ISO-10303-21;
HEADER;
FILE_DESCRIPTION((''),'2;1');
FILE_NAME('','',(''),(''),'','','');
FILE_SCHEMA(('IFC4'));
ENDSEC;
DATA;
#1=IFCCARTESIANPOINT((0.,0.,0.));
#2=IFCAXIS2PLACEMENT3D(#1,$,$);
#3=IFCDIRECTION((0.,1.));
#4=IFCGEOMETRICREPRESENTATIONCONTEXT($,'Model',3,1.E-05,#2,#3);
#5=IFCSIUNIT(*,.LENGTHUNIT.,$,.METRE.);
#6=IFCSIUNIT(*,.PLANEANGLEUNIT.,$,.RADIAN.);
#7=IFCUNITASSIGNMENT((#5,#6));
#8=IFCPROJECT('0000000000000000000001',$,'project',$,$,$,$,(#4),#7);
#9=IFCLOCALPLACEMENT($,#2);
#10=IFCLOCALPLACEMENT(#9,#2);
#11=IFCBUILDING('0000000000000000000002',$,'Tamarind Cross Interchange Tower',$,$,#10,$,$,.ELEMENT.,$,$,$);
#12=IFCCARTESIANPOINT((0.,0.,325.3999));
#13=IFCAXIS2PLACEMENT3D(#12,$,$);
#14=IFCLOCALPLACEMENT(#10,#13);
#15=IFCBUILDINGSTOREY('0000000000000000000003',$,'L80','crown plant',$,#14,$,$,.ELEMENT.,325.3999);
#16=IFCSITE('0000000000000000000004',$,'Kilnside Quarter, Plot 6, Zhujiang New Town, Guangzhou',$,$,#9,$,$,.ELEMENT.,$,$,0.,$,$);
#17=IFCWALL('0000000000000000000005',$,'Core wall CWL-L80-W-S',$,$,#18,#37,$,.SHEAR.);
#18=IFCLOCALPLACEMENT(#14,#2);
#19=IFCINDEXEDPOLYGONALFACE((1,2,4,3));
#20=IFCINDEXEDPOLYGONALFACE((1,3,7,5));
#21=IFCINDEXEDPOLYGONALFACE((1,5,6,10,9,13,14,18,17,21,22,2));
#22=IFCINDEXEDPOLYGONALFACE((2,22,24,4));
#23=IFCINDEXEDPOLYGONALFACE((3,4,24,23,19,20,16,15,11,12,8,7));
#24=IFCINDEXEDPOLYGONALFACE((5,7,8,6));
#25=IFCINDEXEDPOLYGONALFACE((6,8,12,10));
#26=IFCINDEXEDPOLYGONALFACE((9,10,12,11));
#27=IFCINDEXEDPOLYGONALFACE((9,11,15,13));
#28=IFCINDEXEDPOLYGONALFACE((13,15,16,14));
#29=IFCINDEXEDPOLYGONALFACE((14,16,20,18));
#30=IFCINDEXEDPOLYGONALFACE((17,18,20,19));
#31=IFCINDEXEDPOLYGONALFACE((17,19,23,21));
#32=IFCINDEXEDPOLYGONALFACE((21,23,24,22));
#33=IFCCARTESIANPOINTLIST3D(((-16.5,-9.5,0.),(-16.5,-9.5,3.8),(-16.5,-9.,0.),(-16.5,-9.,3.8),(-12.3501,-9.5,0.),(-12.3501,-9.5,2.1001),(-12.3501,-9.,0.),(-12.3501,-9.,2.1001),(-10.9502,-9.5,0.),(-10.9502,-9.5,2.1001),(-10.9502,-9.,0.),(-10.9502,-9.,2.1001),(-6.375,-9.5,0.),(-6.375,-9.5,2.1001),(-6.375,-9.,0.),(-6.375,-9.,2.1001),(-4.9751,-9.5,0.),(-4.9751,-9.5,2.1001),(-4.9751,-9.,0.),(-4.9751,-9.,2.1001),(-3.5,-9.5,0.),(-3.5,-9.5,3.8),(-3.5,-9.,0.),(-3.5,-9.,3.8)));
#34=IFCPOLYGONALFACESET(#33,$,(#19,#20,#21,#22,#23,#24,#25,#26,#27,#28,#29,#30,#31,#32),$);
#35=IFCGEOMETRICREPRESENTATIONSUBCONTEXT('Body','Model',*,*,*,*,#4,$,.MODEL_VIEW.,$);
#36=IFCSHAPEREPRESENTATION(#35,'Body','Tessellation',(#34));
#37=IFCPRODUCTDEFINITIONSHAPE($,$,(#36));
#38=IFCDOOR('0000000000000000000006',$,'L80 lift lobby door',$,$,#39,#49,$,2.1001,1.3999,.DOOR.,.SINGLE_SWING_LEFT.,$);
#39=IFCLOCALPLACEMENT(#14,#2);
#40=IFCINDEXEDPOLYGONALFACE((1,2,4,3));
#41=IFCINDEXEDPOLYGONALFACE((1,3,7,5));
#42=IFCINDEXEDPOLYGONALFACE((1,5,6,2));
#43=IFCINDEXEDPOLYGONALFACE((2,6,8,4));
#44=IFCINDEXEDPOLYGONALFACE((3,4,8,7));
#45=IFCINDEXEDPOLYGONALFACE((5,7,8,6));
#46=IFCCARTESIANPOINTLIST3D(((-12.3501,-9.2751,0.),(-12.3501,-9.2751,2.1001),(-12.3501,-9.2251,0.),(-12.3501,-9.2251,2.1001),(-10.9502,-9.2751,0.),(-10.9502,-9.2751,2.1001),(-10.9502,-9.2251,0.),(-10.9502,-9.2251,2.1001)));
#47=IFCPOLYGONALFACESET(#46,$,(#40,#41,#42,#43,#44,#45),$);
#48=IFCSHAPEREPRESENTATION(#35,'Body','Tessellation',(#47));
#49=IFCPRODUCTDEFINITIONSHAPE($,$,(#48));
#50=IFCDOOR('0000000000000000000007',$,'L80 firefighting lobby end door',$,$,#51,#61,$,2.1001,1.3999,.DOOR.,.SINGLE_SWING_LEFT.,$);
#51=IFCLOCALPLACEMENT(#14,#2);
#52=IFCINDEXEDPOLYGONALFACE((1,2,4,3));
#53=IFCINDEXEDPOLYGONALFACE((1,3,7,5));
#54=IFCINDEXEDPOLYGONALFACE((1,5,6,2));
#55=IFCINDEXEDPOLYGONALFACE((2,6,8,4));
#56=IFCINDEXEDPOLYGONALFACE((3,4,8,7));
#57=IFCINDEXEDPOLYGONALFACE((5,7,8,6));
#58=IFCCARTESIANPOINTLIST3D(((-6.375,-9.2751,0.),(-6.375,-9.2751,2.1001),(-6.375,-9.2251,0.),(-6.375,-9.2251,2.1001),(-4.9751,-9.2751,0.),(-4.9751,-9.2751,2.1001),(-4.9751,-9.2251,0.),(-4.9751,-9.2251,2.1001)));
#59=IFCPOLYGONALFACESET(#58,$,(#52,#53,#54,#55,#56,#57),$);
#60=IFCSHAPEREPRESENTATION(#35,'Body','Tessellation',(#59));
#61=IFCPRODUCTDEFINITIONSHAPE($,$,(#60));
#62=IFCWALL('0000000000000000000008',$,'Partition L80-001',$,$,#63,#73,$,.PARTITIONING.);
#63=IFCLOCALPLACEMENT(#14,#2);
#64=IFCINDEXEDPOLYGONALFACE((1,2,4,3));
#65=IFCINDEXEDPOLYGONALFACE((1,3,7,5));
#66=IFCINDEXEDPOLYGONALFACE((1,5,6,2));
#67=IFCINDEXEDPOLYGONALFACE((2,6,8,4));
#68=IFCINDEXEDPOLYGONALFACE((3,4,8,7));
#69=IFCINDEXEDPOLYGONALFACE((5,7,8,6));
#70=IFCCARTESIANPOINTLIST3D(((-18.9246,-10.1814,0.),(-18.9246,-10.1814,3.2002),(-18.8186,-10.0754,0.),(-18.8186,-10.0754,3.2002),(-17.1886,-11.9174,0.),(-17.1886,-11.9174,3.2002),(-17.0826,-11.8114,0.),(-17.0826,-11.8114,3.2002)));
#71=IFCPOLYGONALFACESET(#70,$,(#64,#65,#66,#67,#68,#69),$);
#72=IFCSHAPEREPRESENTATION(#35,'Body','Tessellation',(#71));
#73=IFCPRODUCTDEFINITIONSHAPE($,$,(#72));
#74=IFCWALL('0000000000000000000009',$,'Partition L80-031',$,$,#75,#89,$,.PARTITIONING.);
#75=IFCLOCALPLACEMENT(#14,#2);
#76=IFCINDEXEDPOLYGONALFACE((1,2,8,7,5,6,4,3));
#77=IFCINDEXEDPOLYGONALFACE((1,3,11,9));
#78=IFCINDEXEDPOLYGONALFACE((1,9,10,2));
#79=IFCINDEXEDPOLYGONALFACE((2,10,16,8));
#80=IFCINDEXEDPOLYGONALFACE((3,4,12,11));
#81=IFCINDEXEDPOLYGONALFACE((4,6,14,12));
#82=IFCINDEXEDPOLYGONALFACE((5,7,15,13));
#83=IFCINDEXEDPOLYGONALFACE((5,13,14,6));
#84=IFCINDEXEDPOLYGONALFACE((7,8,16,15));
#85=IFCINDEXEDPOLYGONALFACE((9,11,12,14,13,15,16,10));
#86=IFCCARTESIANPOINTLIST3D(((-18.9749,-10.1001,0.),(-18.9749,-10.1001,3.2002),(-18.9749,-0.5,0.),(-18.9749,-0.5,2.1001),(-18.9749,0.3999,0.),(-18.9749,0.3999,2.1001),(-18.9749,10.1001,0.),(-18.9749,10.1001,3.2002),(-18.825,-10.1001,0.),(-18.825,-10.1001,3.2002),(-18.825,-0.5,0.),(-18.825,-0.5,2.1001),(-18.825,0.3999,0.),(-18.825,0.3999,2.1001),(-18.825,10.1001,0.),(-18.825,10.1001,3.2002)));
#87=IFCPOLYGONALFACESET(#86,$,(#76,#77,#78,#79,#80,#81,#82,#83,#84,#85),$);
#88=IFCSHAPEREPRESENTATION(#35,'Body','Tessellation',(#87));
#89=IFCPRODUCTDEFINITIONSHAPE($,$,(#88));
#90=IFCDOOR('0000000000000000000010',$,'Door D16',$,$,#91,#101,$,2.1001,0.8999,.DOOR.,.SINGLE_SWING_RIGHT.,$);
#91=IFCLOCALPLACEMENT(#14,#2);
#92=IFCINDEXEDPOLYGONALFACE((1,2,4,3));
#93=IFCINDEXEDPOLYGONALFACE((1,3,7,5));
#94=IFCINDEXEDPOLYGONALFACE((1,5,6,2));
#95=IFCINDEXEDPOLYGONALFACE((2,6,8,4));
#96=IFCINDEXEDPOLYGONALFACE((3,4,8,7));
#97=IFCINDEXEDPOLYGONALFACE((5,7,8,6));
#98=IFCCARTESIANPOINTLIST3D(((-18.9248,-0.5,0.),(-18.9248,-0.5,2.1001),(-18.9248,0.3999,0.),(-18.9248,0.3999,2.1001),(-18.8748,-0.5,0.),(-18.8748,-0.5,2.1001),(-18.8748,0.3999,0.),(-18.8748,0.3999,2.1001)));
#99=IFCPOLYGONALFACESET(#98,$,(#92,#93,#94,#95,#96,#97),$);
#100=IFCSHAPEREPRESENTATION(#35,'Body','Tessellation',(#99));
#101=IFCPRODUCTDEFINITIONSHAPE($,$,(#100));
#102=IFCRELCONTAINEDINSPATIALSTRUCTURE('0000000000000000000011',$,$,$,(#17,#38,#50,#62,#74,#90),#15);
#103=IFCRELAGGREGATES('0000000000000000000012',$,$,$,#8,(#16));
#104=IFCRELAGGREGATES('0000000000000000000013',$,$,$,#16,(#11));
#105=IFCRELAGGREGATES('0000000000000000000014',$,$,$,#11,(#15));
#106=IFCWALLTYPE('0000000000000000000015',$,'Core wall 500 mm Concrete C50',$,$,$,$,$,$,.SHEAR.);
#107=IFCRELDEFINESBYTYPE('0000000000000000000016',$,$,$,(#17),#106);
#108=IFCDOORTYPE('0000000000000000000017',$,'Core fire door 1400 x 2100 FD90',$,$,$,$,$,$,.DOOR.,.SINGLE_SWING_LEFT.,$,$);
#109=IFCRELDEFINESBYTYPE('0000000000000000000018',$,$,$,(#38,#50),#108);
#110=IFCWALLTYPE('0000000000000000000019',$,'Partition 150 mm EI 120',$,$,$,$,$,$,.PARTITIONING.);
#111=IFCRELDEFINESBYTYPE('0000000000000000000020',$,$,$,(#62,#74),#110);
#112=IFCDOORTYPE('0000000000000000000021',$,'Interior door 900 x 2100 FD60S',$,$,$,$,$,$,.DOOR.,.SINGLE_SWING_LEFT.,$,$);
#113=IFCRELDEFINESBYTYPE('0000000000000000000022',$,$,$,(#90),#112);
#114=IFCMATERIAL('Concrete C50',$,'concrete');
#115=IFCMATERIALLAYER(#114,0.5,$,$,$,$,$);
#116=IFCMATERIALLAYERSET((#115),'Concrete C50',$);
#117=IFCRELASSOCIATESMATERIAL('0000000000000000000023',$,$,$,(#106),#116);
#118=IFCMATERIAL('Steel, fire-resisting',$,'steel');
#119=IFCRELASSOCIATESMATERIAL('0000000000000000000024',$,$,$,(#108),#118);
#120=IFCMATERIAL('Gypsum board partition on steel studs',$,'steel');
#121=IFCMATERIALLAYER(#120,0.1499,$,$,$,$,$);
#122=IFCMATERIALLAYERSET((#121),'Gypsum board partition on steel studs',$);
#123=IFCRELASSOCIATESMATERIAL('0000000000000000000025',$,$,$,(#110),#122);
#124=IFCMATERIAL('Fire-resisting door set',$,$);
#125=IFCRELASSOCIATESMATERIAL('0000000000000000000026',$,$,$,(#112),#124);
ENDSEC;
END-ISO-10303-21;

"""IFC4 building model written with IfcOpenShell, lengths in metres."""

from ifc_helpers import new_model, si_unit, direction, frame, frame_2d, origin, place, context, subcontext, project, spatial, rectangle, extrude, material, layer, layer_set, type_object, element, fill, save


model = new_model("IFC4")

# Units and contexts
model_context = context("Model", 3, precision=1e-05, world=origin(), true_north=direction((0.0, 1.0)))
body_context = subcontext(model_context, "Body", "Model", "MODEL_VIEW")
ifc_project = project(units=[si_unit("LENGTHUNIT", "METRE"), si_unit("PLANEANGLEUNIT", "RADIAN")], contexts=[model_context])

# Site, building, storey
site_placement = place(None, origin())
site = spatial("IfcSite", under=ifc_project, at=site_placement, Name="Kilnside Quarter, Plot 6, Zhujiang New Town, Guangzhou", CompositionType="ELEMENT", RefElevation=0.0)
building_placement = place(site_placement, origin())
building = spatial("IfcBuilding", under=site, at=building_placement, Name="Tamarind Cross Interchange Tower", CompositionType="ELEMENT")
storey_placement = place(building_placement, frame((0.0, 0.0, 325.3999)))
storey = spatial("IfcBuildingStorey", under=building, at=storey_placement, Name="L80", Description="crown plant", CompositionType="ELEMENT", Elevation=325.3999)

# Wall, openings, doors
ifc_material_1 = material(Name="Concrete C50", Category="concrete")
ifc_layer_1 = layer(ifc_material_1, 0.5)
ifc_layer_set_1 = layer_set([ifc_layer_1], Name="Concrete C50")
wall_type_1 = type_object("IfcWallType", Name="Core wall 500 mm Concrete C50", PredefinedType="SHEAR", material=ifc_layer_set_1)
wall_1_placement = place(storey_placement, frame((-16.5, -9.25, 0.0), z_axis=(0.0, 0.0, 1.0), x_axis=(1.0, 0.0, 0.0)))
wall_1 = element("IfcWall", 1, at=wall_1_placement, inside=storey, type_object=wall_type_1, Name="Core wall CWL-L80-W-S", PredefinedType="SHEAR", context=body_context, shape_type="SweptSolid", body=[
    extrude(rectangle(XDim=13.0, YDim=0.5, at=frame_2d((6.5, 0.0))), origin(), (0.0, 0.0, 1.0), 3.8),
])
opening_1_placement = place(wall_1_placement, frame((4.1499, 0.0, 0.0)))
opening_1 = element("IfcOpeningElement", 2, at=opening_1_placement, cuts=wall_1, PredefinedType="OPENING", context=body_context, shape_type="SweptSolid", body=[
    extrude(rectangle(XDim=1.3999, YDim=2.1001, at=frame_2d((0.7, 1.05))), frame((0.0, 0.26, 0.0), z_axis=(0.0, -1.0, 0.0), x_axis=(1.0, 0.0, 0.0)), (0.0, 0.0, 1.0), 0.52),
])
opening_2_placement = place(wall_1_placement, frame((10.125, 0.0, 0.0)))
opening_2 = element("IfcOpeningElement", 3, at=opening_2_placement, cuts=wall_1, PredefinedType="OPENING", context=body_context, shape_type="SweptSolid", body=[
    extrude(rectangle(XDim=1.3999, YDim=2.1001, at=frame_2d((0.7, 1.05))), frame((0.0, 0.26, 0.0), z_axis=(0.0, -1.0, 0.0), x_axis=(1.0, 0.0, 0.0)), (0.0, 0.0, 1.0), 0.52),
])
ifc_material_2 = material(Name="Steel, fire-resisting", Category="steel")
door_type_1 = type_object("IfcDoorType", Name="Core fire door 1400 x 2100 FD90", OperationType="SINGLE_SWING_LEFT", PredefinedType="DOOR", material=ifc_material_2)
door_1_placement = place(opening_1_placement, origin())
door_1 = element("IfcDoor", 4, at=door_1_placement, inside=storey, type_object=door_type_1, Name="L80 lift lobby door", OperationType="SINGLE_SWING_LEFT", OverallHeight=2.1001, OverallWidth=1.3999, PredefinedType="DOOR", context=body_context, shape_type="SweptSolid", body=[
    extrude(rectangle(XDim=1.3999, YDim=2.1001, at=frame_2d((0.7, 1.05))), frame((0.0, 0.0249, 0.0), z_axis=(0.0, -1.0, 0.0), x_axis=(1.0, 0.0, 0.0)), (0.0, 0.0, 1.0), 0.05),
])
fill(opening_1, door_1)
door_2_placement = place(opening_2_placement, origin())
door_2 = element("IfcDoor", 5, at=door_2_placement, inside=storey, type_object=door_type_1, Name="L80 firefighting lobby end door", OperationType="SINGLE_SWING_LEFT", OverallHeight=2.1001, OverallWidth=1.3999, PredefinedType="DOOR", context=body_context, shape_type="SweptSolid", body=[
    extrude(rectangle(XDim=1.3999, YDim=2.1001, at=frame_2d((0.7, 1.05))), frame((0.0, 0.0249, 0.0), z_axis=(0.0, -1.0, 0.0), x_axis=(1.0, 0.0, 0.0)), (0.0, 0.0, 1.0), 0.05),
])
fill(opening_2, door_2)

# Wall
ifc_material_3 = material(Name="Gypsum board partition on steel studs", Category="steel")
ifc_layer_2 = layer(ifc_material_3, 0.1499)
ifc_layer_set_2 = layer_set([ifc_layer_2], Name="Gypsum board partition on steel studs")
wall_type_2 = type_object("IfcWallType", Name="Partition 150 mm EI 120", PredefinedType="PARTITIONING", material=ifc_layer_set_2)
wall_2_placement = place(storey_placement, frame((-18.8716, -10.1284, 0.0), z_axis=(0.0, 0.0, 1.0), x_axis=(0.707107, -0.707107, 0.0)))
element("IfcWall", 6, at=wall_2_placement, inside=storey, type_object=wall_type_2, Name="Partition L80-001", PredefinedType="PARTITIONING", context=body_context, shape_type="SweptSolid", body=[
    extrude(rectangle(XDim=2.4551, YDim=0.1499, at=frame_2d((1.2275, 0.0))), origin(), (0.0, 0.0, 1.0), 3.2002),
])

# Wall, opening, door
wall_3_placement = place(storey_placement, frame((-18.8999, -10.1001, 0.0), z_axis=(0.0, 0.0, 1.0), x_axis=(0.0, 1.0, 0.0)))
wall_3 = element("IfcWall", 7, at=wall_3_placement, inside=storey, type_object=wall_type_2, Name="Partition L80-031", PredefinedType="PARTITIONING", context=body_context, shape_type="SweptSolid", body=[
    extrude(rectangle(XDim=20.2002, YDim=0.1499, at=frame_2d((10.1001, 0.0))), origin(), (0.0, 0.0, 1.0), 3.2002),
])
opening_3_placement = place(wall_3_placement, frame((9.6001, 0.0, 0.0)))
opening_3 = element("IfcOpeningElement", 8, at=opening_3_placement, cuts=wall_3, PredefinedType="OPENING", context=body_context, shape_type="SweptSolid", body=[
    extrude(rectangle(XDim=0.8999, YDim=2.1001, at=frame_2d((0.45, 1.05))), frame((0.0, 0.085, 0.0), z_axis=(0.0, -1.0, 0.0), x_axis=(1.0, 0.0, 0.0)), (0.0, 0.0, 1.0), 0.1699),
])
ifc_material_4 = material(Name="Fire-resisting door set")
door_type_2 = type_object("IfcDoorType", Name="Interior door 900 x 2100 FD60S", OperationType="SINGLE_SWING_LEFT", PredefinedType="DOOR", material=ifc_material_4)
door_3_placement = place(opening_3_placement, origin())
door_3 = element("IfcDoor", 9, at=door_3_placement, inside=storey, type_object=door_type_2, Name="Door D16", OperationType="SINGLE_SWING_RIGHT", OverallHeight=2.1001, OverallWidth=0.8999, PredefinedType="DOOR", context=body_context, shape_type="SweptSolid", body=[
    extrude(rectangle(XDim=0.8999, YDim=2.1001, at=frame_2d((0.45, 1.05))), frame((0.0, 0.0249, 0.0), z_axis=(0.0, -1.0, 0.0), x_axis=(1.0, 0.0, 0.0)), (0.0, 0.0, 1.0), 0.05),
])
fill(opening_3, door_3)

save(model, "model.ifc")
